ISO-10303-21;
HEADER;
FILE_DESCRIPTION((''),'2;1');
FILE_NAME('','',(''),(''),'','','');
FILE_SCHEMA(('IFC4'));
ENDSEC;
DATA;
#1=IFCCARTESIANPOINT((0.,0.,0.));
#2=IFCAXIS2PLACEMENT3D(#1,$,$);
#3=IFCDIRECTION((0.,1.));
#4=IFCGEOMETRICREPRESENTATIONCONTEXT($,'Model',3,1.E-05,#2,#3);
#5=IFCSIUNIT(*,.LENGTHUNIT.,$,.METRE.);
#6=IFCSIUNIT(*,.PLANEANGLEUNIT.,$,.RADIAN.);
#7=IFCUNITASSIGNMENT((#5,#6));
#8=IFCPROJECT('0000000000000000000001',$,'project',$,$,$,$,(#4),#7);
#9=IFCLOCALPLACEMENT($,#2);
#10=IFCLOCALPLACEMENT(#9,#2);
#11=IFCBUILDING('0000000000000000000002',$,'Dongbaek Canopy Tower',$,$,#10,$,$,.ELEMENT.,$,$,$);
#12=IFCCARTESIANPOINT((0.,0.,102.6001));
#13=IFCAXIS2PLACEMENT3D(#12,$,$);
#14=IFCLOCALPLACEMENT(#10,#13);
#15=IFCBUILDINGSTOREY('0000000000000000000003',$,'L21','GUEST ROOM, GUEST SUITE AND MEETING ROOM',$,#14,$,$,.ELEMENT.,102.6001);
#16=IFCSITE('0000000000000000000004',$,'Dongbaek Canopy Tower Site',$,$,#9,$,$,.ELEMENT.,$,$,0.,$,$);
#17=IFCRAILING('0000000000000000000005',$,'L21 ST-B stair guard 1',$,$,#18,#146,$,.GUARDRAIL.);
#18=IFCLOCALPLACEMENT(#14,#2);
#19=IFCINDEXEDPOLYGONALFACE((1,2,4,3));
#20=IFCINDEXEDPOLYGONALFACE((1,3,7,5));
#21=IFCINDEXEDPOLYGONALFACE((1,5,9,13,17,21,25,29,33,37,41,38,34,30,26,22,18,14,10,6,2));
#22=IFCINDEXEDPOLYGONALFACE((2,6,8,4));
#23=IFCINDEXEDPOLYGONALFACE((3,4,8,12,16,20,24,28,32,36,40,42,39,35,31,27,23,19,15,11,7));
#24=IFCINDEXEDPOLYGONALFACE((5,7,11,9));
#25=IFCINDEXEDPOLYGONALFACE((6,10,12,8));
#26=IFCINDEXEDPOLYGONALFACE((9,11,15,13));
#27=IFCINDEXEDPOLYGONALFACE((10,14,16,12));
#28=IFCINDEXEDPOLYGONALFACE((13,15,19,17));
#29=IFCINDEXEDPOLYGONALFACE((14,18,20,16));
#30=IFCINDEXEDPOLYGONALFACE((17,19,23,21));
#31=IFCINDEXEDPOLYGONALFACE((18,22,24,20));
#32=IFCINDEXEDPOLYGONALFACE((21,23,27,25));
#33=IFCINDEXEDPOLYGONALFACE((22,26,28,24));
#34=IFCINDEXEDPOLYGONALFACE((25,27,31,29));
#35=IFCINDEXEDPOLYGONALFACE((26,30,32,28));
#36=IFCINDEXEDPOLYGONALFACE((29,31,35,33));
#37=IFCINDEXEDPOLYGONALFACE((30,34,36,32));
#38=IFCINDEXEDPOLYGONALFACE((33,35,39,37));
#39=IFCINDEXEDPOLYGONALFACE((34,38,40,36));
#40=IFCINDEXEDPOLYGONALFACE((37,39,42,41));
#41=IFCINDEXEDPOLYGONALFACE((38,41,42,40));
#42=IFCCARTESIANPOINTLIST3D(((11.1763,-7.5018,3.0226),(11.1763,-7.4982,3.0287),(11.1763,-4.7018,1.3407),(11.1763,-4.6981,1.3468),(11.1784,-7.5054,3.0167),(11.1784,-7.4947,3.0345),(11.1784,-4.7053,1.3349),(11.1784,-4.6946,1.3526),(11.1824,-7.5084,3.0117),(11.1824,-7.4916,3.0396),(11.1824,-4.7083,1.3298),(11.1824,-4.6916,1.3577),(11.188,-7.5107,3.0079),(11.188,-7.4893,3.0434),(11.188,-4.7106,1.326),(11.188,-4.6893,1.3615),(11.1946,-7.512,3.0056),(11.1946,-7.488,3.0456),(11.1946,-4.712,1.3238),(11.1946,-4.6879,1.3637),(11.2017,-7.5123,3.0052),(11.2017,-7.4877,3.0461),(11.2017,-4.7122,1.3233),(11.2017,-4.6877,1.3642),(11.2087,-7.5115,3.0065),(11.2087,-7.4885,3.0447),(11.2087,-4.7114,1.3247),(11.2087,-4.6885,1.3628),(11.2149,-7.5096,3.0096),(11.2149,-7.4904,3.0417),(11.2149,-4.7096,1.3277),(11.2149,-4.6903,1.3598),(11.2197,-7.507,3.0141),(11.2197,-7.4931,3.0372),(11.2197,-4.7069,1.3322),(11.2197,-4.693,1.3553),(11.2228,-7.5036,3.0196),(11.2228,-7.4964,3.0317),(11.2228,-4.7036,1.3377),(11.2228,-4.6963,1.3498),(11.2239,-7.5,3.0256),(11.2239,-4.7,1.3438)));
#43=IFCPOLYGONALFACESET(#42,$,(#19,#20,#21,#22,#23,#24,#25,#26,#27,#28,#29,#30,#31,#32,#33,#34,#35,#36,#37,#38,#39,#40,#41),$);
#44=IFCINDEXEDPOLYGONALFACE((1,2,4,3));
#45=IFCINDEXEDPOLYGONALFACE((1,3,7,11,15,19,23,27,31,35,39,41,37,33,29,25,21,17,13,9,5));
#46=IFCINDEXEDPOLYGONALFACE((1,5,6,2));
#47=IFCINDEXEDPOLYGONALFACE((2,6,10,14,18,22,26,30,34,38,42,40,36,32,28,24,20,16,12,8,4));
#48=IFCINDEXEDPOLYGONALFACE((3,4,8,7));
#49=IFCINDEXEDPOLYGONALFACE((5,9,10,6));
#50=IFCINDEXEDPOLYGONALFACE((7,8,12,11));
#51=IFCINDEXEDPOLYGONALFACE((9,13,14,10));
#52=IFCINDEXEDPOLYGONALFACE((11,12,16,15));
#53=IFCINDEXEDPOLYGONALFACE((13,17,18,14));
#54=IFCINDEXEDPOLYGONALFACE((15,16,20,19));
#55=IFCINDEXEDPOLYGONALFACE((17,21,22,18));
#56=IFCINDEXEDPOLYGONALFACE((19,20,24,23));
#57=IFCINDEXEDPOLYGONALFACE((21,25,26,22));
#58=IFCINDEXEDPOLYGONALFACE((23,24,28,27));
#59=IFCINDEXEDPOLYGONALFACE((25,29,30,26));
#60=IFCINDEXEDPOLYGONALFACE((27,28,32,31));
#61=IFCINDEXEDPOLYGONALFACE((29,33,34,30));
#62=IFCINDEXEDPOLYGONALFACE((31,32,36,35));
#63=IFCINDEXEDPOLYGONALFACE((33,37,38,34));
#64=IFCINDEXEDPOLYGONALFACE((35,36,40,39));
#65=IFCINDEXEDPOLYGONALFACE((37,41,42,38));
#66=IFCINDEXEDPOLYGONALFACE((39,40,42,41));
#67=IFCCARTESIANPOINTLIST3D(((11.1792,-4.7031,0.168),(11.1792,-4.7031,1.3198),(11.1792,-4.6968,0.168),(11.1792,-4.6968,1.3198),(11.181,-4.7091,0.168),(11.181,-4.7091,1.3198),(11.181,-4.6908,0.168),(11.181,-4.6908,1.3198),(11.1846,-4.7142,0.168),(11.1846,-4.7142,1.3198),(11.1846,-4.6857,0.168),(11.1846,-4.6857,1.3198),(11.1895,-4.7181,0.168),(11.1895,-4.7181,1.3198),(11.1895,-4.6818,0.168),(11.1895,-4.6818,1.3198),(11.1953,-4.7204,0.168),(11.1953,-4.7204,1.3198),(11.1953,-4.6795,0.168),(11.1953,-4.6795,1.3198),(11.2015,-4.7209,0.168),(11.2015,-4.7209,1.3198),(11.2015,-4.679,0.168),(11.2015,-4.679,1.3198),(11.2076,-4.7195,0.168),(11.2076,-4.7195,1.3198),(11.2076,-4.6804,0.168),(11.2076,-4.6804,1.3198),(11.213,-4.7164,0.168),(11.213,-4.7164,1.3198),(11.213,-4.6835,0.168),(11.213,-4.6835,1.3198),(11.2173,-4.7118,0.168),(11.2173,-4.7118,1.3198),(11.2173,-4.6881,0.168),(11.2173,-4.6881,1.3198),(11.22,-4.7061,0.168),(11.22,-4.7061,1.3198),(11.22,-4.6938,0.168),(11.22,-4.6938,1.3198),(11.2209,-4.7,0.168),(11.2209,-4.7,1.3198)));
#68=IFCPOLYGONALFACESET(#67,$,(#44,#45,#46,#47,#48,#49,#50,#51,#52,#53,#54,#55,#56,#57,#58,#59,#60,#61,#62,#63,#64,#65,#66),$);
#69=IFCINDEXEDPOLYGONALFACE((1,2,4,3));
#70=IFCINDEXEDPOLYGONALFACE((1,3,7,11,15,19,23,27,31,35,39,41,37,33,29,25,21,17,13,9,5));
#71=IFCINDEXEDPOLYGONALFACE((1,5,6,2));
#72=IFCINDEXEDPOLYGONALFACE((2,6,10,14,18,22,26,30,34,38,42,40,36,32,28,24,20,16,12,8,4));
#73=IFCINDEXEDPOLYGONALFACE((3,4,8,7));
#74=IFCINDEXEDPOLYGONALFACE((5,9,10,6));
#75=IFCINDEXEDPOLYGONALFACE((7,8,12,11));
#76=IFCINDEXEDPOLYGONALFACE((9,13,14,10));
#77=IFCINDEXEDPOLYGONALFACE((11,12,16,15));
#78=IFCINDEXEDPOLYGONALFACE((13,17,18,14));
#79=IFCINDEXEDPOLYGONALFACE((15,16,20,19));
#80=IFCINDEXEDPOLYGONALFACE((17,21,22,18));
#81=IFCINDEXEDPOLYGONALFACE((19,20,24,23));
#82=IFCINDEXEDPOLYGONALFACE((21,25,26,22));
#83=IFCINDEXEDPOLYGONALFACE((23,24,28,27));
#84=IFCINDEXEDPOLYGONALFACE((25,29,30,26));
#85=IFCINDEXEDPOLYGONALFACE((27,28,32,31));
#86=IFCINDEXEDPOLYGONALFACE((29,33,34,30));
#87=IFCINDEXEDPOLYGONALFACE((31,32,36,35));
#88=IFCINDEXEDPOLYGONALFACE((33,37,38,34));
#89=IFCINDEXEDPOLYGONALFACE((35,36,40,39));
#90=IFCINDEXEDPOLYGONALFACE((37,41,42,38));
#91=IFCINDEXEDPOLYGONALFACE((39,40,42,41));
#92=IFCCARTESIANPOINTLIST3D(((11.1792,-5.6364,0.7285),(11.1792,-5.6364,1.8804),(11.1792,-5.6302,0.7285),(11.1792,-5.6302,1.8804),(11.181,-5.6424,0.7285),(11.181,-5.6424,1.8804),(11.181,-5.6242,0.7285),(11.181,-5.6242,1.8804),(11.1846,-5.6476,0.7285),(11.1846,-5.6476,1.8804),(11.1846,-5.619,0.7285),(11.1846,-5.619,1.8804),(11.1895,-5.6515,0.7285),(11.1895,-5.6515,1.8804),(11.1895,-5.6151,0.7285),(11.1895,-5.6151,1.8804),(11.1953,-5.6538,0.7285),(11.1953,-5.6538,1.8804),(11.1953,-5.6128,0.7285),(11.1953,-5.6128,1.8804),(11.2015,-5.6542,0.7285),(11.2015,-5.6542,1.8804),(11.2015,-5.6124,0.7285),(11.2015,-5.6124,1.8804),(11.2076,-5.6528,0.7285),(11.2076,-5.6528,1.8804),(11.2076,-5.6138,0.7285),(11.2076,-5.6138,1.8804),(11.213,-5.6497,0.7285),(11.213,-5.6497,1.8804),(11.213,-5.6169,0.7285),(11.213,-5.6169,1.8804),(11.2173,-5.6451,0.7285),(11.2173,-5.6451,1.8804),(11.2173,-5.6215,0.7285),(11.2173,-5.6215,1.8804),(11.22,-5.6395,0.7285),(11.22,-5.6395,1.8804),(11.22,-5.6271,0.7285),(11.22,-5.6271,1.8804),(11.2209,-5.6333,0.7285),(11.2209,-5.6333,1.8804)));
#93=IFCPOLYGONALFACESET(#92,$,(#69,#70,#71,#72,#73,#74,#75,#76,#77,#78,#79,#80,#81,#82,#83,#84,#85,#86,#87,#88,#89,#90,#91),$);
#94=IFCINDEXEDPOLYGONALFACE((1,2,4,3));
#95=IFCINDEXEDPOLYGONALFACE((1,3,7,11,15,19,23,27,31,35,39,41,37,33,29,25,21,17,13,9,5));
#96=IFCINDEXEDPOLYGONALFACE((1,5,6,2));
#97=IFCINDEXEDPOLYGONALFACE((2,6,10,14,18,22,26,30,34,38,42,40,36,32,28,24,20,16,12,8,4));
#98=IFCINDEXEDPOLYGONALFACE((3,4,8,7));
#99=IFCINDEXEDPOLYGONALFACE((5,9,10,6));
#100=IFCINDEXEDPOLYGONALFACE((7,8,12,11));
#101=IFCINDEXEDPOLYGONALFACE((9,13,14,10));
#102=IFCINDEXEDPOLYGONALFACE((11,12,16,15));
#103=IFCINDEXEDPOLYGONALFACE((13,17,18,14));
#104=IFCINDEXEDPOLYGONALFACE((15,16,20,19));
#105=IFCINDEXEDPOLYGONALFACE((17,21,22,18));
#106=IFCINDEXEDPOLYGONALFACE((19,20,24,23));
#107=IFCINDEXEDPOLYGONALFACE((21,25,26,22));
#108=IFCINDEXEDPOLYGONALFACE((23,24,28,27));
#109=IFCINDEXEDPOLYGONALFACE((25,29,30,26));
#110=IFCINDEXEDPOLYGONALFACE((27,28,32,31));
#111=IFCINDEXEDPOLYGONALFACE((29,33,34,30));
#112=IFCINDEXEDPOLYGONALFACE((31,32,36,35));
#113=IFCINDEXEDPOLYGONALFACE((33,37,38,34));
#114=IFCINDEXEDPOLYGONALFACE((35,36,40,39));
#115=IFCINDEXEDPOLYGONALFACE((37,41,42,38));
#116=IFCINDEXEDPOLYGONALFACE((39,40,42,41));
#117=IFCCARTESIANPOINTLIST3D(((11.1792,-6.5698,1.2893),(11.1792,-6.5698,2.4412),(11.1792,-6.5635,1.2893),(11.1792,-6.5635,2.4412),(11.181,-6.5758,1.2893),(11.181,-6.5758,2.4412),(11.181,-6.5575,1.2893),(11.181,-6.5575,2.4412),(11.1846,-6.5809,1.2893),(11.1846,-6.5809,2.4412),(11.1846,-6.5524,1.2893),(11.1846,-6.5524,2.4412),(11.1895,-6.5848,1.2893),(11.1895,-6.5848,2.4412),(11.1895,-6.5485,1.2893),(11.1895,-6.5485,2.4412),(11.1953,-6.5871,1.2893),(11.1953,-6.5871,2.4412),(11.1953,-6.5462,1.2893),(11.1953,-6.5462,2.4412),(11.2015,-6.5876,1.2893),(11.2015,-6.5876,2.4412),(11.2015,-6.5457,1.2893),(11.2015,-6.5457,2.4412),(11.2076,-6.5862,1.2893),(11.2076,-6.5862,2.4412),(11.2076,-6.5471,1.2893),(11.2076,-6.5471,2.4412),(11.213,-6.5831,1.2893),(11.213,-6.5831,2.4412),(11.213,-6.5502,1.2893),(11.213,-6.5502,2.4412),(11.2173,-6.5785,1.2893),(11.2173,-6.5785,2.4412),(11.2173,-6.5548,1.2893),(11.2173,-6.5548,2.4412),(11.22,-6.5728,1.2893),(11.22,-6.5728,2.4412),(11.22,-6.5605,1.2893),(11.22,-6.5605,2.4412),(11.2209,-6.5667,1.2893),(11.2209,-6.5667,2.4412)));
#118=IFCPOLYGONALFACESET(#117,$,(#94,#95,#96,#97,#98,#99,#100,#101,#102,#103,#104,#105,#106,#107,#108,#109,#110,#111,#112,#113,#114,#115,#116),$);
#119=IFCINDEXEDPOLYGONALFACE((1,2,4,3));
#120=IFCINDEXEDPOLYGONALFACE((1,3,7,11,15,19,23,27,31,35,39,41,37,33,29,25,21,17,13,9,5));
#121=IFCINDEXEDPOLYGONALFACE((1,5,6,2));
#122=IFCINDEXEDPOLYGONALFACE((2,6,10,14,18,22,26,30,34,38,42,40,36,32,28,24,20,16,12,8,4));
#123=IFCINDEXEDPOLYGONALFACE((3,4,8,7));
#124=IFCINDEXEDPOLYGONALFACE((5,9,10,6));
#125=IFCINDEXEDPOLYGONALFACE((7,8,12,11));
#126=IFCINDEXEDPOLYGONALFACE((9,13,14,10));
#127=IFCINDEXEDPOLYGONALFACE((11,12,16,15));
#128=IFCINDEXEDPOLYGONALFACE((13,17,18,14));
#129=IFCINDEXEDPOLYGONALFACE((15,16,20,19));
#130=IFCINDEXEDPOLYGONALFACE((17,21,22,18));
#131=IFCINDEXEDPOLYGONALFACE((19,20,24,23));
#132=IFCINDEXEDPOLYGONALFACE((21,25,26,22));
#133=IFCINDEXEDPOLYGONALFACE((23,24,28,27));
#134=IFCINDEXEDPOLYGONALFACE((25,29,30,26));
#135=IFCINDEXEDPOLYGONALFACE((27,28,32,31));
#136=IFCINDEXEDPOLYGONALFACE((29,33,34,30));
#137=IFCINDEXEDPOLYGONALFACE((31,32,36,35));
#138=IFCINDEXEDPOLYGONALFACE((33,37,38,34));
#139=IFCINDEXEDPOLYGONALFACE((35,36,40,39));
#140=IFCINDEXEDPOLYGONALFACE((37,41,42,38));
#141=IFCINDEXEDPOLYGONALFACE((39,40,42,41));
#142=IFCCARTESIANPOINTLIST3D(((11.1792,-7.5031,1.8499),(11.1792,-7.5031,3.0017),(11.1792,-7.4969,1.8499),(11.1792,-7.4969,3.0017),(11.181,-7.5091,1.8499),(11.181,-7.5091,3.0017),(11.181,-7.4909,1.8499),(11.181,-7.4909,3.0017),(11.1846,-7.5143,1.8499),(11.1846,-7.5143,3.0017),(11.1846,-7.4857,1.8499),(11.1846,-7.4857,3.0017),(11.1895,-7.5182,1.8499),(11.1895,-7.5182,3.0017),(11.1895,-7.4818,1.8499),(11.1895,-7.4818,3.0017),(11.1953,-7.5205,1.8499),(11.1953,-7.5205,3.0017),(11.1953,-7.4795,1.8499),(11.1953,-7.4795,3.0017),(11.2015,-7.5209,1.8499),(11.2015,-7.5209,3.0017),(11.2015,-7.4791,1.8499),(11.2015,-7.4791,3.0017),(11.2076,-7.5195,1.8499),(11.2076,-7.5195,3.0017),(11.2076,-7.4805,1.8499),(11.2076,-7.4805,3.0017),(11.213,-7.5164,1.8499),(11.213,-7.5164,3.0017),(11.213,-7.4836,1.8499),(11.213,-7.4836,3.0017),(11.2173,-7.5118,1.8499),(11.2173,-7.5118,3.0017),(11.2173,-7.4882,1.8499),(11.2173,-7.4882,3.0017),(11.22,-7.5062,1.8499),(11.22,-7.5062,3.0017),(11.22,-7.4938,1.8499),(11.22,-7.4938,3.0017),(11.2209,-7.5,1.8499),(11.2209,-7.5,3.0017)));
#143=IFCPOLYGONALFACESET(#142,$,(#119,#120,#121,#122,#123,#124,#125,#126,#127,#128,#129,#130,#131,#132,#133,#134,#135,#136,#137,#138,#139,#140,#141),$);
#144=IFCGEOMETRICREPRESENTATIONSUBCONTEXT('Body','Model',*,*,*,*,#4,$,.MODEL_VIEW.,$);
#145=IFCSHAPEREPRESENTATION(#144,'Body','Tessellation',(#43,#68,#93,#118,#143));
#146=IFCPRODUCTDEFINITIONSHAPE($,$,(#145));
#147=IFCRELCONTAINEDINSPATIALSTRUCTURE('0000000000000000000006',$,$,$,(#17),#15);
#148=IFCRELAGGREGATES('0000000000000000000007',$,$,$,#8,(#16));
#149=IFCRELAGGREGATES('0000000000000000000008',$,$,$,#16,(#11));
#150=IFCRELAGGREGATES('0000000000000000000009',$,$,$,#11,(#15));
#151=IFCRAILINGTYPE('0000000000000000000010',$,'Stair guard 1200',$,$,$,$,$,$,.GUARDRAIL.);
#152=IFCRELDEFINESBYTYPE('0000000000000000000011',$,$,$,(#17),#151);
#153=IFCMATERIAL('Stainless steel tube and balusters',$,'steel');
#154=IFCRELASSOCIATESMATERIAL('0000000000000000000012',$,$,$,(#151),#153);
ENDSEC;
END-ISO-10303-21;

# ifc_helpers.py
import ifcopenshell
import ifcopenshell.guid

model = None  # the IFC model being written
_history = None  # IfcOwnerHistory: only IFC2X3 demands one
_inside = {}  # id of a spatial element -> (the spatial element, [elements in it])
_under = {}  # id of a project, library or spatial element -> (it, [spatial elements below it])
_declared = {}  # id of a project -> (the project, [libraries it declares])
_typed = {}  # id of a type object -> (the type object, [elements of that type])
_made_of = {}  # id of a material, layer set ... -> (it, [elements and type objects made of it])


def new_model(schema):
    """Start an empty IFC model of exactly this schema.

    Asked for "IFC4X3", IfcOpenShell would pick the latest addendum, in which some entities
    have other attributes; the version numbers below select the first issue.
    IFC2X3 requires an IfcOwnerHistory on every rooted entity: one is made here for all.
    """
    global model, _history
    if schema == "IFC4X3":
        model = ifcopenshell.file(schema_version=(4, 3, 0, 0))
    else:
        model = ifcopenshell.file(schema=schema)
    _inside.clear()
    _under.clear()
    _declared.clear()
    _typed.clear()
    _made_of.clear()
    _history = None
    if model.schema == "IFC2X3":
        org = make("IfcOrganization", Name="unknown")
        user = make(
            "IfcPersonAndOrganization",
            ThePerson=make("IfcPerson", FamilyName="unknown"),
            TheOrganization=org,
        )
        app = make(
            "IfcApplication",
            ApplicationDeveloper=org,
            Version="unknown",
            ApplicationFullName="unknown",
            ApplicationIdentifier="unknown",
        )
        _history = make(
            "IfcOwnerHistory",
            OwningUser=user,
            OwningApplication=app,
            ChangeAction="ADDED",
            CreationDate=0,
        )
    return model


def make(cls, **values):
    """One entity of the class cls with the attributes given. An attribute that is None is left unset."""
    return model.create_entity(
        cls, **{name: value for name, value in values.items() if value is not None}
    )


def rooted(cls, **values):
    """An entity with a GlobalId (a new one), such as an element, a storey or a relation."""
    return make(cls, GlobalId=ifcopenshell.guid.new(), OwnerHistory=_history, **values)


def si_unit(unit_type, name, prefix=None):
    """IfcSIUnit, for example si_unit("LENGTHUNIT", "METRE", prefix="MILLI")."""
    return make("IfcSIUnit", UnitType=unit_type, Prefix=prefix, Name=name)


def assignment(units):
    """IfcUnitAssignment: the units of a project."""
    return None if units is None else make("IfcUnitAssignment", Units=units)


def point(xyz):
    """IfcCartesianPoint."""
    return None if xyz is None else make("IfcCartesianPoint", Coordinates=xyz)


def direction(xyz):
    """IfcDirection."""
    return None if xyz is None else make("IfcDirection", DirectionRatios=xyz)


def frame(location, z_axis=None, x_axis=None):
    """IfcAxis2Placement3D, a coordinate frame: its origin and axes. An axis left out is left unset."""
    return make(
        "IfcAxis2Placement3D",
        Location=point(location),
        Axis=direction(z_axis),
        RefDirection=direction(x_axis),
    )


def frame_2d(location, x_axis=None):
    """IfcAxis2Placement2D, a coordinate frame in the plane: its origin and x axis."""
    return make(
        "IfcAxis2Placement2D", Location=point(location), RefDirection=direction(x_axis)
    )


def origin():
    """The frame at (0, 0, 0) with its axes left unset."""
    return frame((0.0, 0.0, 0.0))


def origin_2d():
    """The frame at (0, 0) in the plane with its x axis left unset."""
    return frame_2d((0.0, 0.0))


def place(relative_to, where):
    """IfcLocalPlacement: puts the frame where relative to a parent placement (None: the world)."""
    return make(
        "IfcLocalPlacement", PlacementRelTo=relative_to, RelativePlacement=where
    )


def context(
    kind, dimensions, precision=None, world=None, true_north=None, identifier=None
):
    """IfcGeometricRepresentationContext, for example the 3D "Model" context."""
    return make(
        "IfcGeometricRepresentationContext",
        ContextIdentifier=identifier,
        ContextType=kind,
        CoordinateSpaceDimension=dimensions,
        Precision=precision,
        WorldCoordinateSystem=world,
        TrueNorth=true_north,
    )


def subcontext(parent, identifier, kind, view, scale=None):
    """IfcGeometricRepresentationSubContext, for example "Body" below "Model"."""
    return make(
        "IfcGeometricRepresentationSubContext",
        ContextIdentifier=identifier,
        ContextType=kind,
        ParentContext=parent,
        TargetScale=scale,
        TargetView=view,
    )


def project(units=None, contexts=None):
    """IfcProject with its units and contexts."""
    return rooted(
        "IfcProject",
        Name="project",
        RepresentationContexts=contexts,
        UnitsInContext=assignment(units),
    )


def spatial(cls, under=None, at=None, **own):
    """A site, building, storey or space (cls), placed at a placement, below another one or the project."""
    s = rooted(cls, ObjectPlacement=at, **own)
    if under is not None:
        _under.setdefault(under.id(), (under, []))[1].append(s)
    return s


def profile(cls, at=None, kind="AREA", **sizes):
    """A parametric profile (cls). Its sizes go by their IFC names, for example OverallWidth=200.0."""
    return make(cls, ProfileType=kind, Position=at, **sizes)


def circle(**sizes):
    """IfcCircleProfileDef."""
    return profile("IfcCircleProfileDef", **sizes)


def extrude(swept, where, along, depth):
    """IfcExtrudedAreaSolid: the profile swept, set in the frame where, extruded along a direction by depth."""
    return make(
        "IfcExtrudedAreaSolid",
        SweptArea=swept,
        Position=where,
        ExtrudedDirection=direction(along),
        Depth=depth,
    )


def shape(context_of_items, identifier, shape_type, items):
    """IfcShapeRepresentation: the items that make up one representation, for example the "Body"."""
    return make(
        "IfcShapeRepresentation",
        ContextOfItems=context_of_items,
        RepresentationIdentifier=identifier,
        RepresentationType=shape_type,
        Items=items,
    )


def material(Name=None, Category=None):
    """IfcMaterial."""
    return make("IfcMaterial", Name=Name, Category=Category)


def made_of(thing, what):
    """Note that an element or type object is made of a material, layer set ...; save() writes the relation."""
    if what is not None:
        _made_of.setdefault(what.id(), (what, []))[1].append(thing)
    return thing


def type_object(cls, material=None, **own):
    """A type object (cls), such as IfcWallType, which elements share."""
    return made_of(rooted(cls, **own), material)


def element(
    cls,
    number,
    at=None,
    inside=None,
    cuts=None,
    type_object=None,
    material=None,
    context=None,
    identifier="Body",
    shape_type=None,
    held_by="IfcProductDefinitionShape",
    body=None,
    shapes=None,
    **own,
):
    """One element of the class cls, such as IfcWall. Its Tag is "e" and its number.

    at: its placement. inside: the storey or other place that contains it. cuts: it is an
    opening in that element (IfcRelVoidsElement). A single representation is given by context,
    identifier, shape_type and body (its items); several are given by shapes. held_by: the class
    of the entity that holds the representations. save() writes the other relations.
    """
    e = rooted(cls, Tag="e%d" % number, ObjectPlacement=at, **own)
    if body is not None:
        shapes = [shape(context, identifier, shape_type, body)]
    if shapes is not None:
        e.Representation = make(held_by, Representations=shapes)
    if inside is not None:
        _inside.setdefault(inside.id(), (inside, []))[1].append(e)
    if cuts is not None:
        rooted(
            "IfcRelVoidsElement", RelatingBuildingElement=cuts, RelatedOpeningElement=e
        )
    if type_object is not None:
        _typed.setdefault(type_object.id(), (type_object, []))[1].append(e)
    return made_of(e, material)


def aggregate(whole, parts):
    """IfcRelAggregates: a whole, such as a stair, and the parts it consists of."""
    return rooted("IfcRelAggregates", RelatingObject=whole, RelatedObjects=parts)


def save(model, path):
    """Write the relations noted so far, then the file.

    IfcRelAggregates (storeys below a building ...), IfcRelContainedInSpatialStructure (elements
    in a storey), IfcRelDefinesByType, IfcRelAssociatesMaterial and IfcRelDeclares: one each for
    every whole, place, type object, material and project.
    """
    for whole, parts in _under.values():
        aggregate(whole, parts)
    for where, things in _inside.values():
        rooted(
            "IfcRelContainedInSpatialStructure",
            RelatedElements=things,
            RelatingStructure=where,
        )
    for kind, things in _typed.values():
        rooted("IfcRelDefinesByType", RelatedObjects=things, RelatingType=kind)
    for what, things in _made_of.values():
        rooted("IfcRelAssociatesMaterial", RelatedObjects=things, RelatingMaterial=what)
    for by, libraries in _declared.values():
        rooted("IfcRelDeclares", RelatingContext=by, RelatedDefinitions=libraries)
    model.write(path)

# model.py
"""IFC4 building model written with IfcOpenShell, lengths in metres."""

from ifc_helpers import new_model, si_unit, direction, frame, origin, origin_2d, place, context, subcontext, project, spatial, circle, extrude, material, type_object, element, save


model = new_model("IFC4")

# Units and contexts
model_context = context("Model", 3, precision=1e-05, world=origin(), true_north=direction((0.0, 1.0)))
body_context = subcontext(model_context, "Body", "Model", "MODEL_VIEW")
ifc_project = project(units=[si_unit("LENGTHUNIT", "METRE"), si_unit("PLANEANGLEUNIT", "RADIAN")], contexts=[model_context])

# Site, building, storey
site_placement = place(None, origin())
site = spatial("IfcSite", under=ifc_project, at=site_placement, Name="Dongbaek Canopy Tower Site", CompositionType="ELEMENT", RefElevation=0.0)
building_placement = place(site_placement, origin())
building = spatial("IfcBuilding", under=site, at=building_placement, Name="Dongbaek Canopy Tower", CompositionType="ELEMENT")
storey_placement = place(building_placement, frame((0.0, 0.0, 102.6001)))
storey = spatial("IfcBuildingStorey", under=building, at=storey_placement, Name="L21", Description="GUEST ROOM, GUEST SUITE AND MEETING ROOM", CompositionType="ELEMENT", Elevation=102.6001)

# Railing
ifc_material_1 = material(Name="Stainless steel tube and balusters", Category="steel")
railing_type_1 = type_object("IfcRailingType", Name="Stair guard 1200", PredefinedType="GUARDRAIL", material=ifc_material_1)
railing_1_placement = place(storey_placement, frame((11.2, -4.7, 0.168)))
element("IfcRailing", 1, at=railing_1_placement, inside=storey, type_object=railing_type_1, Name="L21 ST-B stair guard 1", PredefinedType="GUARDRAIL", context=body_context, shape_type="SweptSolid", body=[
    extrude(circle(Radius=0.0239, at=origin_2d()), frame((0.0, 0.0, 1.1758), z_axis=(0.0, -0.857242, 0.514913), x_axis=(1.0, 0.0, 0.0)), (0.0, 0.0, 1.0), 3.2664),
    extrude(circle(Radius=0.021, at=origin_2d()), origin(), (0.0, 0.0, 1.0), 1.1519),
    extrude(circle(Radius=0.021, at=origin_2d()), frame((0.0, -0.9333, 0.5605)), (0.0, 0.0, 1.0), 1.1519),
    extrude(circle(Radius=0.021, at=origin_2d()), frame((0.0, -1.8667, 1.1213)), (0.0, 0.0, 1.0), 1.1519),
    extrude(circle(Radius=0.021, at=origin_2d()), frame((0.0, -2.8, 1.6819)), (0.0, 0.0, 1.0), 1.1519),
])

save(model, "model.ifc")
